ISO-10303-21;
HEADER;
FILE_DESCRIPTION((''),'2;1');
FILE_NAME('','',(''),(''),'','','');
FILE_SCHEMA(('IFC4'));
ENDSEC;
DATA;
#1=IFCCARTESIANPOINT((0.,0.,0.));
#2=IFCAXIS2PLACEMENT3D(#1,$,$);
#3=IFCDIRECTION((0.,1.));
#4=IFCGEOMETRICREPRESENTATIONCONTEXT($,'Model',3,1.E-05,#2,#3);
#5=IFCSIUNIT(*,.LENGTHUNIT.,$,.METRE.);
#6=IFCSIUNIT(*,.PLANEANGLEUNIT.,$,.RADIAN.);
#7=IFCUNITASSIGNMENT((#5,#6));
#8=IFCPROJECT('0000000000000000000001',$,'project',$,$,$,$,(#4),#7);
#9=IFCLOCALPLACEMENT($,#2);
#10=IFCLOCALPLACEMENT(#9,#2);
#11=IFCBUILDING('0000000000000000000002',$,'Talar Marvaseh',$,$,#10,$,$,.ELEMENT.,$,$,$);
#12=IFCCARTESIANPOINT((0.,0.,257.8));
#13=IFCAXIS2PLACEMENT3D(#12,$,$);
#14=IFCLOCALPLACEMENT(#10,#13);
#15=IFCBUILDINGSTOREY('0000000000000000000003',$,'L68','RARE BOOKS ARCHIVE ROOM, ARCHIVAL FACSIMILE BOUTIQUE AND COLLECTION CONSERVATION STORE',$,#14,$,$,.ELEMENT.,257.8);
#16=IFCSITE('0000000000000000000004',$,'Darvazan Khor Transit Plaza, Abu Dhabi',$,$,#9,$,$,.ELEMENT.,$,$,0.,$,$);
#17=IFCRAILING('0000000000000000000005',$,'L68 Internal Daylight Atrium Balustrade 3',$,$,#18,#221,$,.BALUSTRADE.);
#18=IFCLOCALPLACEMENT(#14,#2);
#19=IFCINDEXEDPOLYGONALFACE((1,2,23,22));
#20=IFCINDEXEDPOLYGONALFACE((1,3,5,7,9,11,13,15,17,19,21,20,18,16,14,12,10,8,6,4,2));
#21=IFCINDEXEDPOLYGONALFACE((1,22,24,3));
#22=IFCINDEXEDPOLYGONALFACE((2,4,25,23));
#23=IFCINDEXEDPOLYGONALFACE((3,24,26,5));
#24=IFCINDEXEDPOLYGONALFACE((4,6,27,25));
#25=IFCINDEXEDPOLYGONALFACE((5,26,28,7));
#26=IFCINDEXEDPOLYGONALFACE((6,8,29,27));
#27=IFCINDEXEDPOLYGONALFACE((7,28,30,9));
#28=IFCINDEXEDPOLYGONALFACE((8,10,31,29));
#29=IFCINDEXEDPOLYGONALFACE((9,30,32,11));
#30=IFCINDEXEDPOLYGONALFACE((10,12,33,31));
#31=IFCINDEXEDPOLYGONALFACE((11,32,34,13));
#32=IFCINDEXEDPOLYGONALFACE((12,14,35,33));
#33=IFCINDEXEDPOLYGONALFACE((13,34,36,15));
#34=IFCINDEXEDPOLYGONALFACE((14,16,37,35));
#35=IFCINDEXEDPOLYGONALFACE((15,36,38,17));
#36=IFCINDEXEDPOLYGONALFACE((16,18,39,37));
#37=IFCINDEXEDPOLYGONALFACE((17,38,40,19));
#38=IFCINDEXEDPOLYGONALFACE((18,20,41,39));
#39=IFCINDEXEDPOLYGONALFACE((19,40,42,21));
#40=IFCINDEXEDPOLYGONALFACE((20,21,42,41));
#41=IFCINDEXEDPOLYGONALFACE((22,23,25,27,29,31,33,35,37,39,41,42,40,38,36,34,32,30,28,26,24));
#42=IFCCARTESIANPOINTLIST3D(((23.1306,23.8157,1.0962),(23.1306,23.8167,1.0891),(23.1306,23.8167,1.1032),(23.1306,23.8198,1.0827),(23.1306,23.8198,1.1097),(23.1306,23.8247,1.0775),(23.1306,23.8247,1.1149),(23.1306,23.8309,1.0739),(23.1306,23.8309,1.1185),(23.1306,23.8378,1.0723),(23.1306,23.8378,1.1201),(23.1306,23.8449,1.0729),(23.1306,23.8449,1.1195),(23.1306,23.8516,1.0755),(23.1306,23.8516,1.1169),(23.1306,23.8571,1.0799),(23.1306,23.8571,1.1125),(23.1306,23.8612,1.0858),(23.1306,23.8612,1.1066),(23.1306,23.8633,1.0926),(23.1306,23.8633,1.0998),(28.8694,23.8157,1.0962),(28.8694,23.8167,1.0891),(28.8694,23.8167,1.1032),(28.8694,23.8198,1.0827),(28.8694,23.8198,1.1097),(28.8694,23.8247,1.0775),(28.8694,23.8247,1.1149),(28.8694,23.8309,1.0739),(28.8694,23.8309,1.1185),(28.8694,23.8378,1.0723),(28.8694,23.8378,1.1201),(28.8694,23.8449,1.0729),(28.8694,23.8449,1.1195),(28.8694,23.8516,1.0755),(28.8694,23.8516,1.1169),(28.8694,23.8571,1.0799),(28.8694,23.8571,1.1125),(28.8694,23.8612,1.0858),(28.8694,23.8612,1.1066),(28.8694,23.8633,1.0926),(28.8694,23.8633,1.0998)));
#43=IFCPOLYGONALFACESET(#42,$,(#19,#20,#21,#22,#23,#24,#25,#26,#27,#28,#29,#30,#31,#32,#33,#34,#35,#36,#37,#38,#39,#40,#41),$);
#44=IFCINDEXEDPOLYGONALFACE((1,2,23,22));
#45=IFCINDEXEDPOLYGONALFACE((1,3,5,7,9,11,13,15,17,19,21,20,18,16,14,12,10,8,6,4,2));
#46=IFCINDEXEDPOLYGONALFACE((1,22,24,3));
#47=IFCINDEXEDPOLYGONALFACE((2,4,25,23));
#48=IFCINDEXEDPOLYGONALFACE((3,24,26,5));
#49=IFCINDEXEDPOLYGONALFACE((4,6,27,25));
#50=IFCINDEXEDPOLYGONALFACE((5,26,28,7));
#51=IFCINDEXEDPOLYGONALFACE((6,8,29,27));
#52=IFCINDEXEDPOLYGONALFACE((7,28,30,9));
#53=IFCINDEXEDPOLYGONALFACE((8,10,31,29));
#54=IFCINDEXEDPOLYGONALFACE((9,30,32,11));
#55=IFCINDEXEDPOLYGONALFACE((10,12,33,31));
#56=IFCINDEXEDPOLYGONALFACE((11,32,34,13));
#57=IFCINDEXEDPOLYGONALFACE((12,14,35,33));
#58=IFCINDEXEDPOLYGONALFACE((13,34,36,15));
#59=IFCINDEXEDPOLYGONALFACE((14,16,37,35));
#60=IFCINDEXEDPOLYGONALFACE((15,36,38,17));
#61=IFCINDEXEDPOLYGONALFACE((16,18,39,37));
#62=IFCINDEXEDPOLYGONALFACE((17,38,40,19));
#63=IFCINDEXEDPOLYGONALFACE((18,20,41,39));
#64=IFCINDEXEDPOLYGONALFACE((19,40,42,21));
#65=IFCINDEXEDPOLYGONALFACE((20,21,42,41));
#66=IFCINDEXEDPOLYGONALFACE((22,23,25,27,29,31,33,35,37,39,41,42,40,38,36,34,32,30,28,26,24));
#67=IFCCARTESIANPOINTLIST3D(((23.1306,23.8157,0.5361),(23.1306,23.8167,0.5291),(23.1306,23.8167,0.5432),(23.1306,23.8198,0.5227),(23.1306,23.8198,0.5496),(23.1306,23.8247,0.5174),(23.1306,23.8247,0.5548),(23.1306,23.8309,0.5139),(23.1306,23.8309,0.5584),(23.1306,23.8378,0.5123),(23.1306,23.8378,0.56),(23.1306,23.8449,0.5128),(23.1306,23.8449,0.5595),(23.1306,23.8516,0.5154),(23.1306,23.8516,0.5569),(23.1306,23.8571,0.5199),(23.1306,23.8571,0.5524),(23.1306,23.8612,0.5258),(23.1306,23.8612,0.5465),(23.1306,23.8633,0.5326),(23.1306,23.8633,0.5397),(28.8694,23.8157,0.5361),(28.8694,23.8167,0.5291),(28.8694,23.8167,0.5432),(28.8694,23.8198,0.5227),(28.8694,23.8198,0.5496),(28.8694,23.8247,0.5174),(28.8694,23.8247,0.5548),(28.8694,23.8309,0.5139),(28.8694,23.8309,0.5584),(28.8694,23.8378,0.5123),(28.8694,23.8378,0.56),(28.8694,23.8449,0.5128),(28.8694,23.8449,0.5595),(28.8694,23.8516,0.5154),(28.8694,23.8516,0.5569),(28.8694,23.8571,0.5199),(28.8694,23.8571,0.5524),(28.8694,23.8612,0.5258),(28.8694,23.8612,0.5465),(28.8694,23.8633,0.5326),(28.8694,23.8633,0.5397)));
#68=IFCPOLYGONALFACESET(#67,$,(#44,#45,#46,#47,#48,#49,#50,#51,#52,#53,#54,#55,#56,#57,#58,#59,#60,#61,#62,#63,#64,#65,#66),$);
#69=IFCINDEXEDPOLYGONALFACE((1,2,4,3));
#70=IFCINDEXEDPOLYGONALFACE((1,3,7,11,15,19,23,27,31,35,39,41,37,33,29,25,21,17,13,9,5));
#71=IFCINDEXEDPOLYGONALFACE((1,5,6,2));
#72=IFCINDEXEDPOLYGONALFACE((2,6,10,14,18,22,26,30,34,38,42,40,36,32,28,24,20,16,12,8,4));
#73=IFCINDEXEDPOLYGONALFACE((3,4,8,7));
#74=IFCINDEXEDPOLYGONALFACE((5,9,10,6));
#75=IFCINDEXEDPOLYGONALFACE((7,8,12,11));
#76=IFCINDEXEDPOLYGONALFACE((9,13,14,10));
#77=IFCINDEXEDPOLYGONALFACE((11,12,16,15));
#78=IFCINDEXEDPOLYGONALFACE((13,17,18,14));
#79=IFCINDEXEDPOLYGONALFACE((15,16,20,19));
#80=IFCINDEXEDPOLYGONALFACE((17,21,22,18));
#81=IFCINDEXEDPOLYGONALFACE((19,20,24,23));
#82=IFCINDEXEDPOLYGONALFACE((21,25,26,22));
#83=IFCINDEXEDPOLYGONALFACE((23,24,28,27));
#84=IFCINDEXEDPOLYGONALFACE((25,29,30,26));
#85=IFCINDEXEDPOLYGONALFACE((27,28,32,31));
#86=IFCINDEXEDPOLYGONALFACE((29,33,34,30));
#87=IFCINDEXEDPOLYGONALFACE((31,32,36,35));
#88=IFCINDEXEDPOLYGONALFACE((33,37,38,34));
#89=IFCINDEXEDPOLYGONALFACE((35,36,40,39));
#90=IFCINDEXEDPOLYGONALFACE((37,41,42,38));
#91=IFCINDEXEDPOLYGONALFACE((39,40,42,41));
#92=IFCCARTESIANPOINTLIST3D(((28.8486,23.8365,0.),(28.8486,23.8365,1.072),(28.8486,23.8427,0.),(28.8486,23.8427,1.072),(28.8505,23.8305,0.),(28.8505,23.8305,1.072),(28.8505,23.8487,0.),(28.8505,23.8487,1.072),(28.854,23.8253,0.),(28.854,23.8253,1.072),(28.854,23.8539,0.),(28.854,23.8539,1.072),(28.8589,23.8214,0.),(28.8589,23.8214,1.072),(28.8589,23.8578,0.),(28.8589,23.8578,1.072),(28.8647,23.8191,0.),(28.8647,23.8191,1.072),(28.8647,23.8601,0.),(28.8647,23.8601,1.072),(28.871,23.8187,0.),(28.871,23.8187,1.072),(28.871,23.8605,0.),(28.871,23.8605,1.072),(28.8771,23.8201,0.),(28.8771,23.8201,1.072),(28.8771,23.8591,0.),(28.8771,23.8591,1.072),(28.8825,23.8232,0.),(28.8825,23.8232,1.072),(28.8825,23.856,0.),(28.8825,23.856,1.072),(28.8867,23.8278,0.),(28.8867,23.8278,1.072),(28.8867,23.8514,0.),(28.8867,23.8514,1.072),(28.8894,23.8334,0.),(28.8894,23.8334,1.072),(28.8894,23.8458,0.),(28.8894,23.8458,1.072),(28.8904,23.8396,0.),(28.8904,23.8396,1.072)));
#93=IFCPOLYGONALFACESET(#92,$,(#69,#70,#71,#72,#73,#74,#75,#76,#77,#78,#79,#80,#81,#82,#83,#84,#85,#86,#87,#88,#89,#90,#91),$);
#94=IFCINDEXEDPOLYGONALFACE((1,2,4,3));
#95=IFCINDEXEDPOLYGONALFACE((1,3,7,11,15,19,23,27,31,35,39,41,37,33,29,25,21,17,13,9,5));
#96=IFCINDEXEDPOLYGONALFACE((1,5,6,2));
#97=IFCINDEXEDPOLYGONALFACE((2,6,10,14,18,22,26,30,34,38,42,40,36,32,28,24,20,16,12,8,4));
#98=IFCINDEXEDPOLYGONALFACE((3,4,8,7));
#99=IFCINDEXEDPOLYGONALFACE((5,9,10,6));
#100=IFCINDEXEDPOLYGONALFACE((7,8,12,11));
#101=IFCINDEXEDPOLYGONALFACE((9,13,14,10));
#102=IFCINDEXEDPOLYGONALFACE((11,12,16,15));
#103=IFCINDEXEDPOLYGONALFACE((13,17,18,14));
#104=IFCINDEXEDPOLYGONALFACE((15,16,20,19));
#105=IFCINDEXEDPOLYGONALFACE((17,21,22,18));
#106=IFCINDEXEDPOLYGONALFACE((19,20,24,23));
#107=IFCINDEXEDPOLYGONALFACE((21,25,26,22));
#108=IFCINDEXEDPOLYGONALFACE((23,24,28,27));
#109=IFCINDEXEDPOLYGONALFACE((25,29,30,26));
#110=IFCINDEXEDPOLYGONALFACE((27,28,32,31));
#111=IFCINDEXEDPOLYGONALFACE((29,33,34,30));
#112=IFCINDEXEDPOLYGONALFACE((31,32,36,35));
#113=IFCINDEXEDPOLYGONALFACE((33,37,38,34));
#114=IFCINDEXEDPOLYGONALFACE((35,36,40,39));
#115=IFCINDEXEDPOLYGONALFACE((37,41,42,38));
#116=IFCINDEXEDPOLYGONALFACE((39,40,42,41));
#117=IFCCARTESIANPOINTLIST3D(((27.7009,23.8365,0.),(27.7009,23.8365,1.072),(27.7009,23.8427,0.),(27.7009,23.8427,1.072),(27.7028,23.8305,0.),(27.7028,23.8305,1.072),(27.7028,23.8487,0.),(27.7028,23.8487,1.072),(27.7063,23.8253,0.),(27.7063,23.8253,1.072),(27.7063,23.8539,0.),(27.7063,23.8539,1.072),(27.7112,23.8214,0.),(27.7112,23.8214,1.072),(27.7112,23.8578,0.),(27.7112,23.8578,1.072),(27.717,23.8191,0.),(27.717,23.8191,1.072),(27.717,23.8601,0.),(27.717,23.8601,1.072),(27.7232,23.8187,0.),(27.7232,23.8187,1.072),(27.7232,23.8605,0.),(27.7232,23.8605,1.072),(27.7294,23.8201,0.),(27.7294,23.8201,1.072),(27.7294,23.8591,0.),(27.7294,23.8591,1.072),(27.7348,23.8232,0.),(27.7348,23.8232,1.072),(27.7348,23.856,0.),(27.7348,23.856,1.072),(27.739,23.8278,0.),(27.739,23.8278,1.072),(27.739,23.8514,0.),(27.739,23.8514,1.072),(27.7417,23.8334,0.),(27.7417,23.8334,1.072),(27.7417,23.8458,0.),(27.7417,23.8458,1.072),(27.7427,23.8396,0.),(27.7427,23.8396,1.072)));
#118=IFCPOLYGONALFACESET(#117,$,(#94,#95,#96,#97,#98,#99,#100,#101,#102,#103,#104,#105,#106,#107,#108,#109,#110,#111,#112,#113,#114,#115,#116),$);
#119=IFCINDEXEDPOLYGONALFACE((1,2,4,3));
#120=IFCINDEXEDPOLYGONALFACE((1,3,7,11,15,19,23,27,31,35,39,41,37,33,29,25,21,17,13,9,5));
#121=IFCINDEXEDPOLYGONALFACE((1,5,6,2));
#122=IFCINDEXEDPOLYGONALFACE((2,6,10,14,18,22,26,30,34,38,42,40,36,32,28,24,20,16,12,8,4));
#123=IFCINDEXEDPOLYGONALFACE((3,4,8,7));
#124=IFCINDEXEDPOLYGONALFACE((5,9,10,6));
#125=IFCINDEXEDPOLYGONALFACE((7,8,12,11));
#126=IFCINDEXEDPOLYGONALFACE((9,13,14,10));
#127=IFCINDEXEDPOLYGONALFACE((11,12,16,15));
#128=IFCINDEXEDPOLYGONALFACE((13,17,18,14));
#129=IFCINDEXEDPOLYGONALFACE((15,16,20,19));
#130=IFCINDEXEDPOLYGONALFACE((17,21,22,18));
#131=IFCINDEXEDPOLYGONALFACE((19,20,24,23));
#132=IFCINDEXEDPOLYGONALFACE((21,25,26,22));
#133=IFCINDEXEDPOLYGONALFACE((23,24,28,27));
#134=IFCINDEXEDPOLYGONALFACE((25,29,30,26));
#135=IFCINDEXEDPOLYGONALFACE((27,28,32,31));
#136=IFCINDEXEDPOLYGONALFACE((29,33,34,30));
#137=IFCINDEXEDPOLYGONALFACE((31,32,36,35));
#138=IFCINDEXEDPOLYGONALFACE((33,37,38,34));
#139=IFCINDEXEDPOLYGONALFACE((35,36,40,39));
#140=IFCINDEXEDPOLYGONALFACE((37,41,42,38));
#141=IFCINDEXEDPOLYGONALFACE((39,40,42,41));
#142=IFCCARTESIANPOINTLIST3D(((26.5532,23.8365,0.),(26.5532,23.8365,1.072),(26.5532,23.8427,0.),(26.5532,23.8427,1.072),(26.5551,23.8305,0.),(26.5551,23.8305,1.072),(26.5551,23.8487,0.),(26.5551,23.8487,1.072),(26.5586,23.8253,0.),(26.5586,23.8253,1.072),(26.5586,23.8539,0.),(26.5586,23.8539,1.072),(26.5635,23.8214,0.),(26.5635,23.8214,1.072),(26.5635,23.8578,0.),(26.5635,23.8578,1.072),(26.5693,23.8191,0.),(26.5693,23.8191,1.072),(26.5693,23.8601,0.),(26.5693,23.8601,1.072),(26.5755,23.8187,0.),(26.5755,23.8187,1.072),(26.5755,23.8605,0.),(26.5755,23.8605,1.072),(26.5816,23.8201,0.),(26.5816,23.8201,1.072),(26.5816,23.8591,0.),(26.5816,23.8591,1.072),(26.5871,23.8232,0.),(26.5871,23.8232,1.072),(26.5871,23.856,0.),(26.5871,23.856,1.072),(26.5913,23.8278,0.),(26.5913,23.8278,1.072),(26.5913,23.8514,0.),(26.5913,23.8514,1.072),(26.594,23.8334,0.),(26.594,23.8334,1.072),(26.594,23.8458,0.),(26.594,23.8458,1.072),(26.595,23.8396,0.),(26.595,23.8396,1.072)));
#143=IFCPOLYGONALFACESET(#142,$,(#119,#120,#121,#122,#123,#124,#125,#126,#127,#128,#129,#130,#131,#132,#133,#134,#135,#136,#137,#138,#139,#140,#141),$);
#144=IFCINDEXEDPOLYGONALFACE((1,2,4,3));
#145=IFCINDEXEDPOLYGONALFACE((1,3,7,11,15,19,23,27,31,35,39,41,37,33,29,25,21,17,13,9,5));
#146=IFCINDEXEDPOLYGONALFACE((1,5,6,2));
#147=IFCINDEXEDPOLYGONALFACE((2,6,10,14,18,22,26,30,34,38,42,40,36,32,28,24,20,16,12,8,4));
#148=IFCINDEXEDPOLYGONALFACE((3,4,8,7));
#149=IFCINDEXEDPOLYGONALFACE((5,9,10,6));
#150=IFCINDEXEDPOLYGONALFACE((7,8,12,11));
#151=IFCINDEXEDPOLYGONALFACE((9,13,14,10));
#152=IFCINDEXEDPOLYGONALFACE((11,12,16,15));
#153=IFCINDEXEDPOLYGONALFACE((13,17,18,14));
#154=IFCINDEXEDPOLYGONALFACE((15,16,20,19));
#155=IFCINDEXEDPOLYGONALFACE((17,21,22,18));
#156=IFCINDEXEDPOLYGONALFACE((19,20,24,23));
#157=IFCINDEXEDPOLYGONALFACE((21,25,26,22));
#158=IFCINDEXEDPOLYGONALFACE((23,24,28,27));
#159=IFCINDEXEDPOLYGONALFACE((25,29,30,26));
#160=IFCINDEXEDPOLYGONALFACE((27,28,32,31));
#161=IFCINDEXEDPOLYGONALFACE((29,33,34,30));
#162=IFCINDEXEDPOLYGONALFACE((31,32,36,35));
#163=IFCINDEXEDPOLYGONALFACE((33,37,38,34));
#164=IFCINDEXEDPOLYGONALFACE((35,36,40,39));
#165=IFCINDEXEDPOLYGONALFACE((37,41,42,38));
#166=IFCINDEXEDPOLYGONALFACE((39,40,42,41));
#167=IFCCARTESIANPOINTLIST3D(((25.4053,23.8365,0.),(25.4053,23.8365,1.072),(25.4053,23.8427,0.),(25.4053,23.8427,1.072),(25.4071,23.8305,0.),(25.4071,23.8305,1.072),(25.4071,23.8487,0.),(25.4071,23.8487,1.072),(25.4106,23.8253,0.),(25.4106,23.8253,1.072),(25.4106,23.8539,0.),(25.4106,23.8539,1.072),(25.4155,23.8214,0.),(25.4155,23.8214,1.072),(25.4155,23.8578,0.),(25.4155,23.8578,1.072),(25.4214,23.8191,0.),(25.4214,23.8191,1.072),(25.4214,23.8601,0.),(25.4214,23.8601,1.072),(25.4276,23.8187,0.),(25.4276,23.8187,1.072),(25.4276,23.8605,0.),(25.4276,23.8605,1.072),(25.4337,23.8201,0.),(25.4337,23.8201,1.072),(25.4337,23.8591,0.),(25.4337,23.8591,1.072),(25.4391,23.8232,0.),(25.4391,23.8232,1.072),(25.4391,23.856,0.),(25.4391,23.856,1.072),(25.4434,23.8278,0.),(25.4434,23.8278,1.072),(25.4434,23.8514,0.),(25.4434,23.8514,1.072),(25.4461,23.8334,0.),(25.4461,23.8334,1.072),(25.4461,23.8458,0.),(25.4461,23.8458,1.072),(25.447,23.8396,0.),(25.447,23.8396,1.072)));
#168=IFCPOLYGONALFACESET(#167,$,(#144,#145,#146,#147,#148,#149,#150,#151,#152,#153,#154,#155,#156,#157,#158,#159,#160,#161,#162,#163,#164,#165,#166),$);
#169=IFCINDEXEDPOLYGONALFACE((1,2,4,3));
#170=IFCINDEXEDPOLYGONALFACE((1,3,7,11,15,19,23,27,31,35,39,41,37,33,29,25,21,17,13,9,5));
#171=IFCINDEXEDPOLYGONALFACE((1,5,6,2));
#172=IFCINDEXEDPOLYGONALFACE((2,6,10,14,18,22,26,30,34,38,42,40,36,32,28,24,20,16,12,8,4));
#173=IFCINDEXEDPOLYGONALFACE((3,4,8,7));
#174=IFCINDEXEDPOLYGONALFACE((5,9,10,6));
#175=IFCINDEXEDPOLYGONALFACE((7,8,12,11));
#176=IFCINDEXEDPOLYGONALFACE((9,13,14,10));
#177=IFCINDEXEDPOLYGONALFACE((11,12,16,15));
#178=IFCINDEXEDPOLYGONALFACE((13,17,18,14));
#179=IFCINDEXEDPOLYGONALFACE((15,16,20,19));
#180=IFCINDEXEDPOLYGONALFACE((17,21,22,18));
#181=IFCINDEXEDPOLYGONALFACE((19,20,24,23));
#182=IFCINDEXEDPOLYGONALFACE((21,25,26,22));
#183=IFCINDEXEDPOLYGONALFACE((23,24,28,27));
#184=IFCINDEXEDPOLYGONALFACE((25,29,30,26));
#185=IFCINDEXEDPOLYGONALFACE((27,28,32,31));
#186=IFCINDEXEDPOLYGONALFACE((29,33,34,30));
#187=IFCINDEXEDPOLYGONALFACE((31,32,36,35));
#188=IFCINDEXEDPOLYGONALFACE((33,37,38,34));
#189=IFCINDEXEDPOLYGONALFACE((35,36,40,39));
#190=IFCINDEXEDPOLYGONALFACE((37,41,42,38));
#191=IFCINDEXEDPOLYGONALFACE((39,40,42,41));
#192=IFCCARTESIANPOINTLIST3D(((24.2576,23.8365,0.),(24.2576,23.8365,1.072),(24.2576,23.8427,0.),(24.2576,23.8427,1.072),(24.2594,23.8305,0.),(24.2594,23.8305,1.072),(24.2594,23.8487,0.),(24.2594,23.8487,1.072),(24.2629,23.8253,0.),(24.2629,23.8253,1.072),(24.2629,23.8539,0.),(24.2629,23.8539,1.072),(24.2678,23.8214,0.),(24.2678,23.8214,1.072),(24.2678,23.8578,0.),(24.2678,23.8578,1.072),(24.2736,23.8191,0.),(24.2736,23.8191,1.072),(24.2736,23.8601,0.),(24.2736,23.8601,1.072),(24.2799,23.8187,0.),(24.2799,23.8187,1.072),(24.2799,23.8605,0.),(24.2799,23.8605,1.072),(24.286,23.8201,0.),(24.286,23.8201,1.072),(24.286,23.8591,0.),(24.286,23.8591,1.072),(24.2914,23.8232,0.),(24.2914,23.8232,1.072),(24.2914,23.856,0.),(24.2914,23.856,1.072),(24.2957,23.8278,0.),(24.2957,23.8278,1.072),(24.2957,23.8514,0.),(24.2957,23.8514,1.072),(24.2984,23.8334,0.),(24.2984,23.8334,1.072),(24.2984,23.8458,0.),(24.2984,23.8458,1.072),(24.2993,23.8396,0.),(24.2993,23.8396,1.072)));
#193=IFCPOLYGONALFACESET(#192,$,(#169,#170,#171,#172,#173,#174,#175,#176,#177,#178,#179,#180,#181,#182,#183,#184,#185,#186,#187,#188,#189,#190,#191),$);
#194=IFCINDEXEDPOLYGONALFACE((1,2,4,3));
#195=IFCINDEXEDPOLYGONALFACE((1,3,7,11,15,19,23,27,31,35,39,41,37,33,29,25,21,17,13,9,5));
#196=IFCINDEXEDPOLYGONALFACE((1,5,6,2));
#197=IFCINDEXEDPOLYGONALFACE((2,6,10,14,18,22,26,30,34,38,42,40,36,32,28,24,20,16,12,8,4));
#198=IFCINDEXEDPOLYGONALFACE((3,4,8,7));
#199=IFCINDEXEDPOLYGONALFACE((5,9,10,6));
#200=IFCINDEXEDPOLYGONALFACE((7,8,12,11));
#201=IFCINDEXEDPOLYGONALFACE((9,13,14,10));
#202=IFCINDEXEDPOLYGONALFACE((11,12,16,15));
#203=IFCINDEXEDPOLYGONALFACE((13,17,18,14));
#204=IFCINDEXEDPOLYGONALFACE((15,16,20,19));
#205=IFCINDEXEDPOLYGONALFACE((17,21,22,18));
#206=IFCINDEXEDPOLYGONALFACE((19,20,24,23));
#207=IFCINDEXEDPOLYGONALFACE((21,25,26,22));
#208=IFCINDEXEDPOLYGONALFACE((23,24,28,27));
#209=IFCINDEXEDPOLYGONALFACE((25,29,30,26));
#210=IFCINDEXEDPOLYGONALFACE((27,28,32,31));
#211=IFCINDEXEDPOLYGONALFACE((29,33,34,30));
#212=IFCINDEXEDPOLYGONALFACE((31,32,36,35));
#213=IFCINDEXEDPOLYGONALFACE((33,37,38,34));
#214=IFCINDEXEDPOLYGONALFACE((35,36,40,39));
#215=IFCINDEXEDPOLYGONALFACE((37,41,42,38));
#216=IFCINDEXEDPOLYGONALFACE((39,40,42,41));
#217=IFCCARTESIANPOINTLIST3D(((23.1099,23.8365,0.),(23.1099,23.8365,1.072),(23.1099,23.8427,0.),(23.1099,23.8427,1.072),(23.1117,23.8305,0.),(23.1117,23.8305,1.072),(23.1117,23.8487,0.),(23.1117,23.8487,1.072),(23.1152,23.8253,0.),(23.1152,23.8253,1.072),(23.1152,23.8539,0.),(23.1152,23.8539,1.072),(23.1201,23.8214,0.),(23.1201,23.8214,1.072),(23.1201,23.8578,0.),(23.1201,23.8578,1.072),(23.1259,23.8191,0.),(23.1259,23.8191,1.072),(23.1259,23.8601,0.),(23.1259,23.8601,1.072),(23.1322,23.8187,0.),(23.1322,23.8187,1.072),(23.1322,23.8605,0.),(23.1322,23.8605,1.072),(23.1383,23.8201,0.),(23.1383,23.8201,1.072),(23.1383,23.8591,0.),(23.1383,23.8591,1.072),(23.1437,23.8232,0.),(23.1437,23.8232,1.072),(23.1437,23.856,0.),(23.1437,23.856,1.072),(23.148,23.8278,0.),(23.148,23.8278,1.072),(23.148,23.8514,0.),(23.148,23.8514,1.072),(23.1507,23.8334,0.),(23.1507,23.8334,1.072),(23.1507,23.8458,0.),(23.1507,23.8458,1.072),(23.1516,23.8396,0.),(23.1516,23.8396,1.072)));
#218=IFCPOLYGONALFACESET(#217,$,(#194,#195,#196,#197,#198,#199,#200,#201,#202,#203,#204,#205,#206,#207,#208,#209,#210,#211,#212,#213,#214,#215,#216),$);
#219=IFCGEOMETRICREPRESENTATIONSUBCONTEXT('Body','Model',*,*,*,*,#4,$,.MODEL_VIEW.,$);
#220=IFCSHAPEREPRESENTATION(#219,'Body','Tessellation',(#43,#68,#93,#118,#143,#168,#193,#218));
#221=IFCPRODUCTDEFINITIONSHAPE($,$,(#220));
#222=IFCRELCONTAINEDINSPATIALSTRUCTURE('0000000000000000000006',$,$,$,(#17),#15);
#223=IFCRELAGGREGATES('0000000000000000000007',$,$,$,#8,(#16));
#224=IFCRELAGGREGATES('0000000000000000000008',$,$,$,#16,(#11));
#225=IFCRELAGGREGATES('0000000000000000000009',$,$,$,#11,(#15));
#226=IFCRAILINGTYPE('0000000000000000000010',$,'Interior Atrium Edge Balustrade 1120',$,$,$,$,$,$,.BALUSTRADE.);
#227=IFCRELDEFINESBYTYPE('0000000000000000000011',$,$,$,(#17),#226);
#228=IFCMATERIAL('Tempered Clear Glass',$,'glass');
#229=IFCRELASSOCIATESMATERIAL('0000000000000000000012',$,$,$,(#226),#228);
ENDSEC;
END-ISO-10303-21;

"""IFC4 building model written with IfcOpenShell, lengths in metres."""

from ifc_helpers import new_model, si_unit, direction, frame, origin, origin_2d, place, context, subcontext, project, spatial, circle, extrude, material, type_object, element, save


model = new_model("IFC4")

# Units and contexts
model_context = context("Model", 3, precision=1e-05, world=origin(), true_north=direction((0.0, 1.0)))
body_context = subcontext(model_context, "Body", "Model", "MODEL_VIEW")
ifc_project = project(units=[si_unit("LENGTHUNIT", "METRE"), si_unit("PLANEANGLEUNIT", "RADIAN")], contexts=[model_context])

# Site, building, storey
site_placement = place(None, origin())
site = spatial("IfcSite", under=ifc_project, at=site_placement, Name="Darvazan Khor Transit Plaza, Abu Dhabi", CompositionType="ELEMENT", RefElevation=0.0)
building_placement = place(site_placement, origin())
building = spatial("IfcBuilding", under=site, at=building_placement, Name="Talar Marvaseh", CompositionType="ELEMENT")
storey_placement = place(building_placement, frame((0.0, 0.0, 257.8)))
storey = spatial("IfcBuildingStorey", under=building, at=storey_placement, Name="L68", Description="RARE BOOKS ARCHIVE ROOM, ARCHIVAL FACSIMILE BOUTIQUE AND COLLECTION CONSERVATION STORE", CompositionType="ELEMENT", Elevation=257.8)

# Railing
ifc_material_1 = material(Name="Tempered Clear Glass", Category="glass")
railing_type = type_object("IfcRailingType", Name="Interior Atrium Edge Balustrade 1120", PredefinedType="BALUSTRADE", material=ifc_material_1)
railing_1_placement = place(storey_placement, frame((28.8694, 23.8396, 0.0)))
element("IfcRailing", 1, at=railing_1_placement, inside=storey, type_object=railing_type, Name="L68 Internal Daylight Atrium Balustrade 3", PredefinedType="BALUSTRADE", context=body_context, shape_type="SweptSolid", body=[
    extrude(circle(Radius=0.0239, at=origin_2d()), frame((0.0, 0.0, 1.0962), z_axis=(-1.0, 0.0, 0.0), x_axis=(0.0, -1.0, 0.0)), (0.0, 0.0, 1.0), 5.7388),
    extrude(circle(Radius=0.0239, at=origin_2d()), frame((0.0, 0.0, 0.5361), z_axis=(-1.0, 0.0, 0.0), x_axis=(0.0, -1.0, 0.0)), (0.0, 0.0, 1.0), 5.7388),
    extrude(circle(Radius=0.021, at=origin_2d()), origin(), (0.0, 0.0, 1.0), 1.072),
    extrude(circle(Radius=0.021, at=origin_2d()), frame((-1.1477, 0.0, 0.0)), (0.0, 0.0, 1.0), 1.072),
    extrude(circle(Radius=0.021, at=origin_2d()), frame((-2.2954, 0.0, 0.0)), (0.0, 0.0, 1.0), 1.072),
    extrude(circle(Radius=0.021, at=origin_2d()), frame((-3.4434, 0.0, 0.0)), (0.0, 0.0, 1.0), 1.072),
    extrude(circle(Radius=0.021, at=origin_2d()), frame((-4.5911, 0.0, 0.0)), (0.0, 0.0, 1.0), 1.072),
    extrude(circle(Radius=0.021, at=origin_2d()), frame((-5.7388, 0.0, 0.0)), (0.0, 0.0, 1.0), 1.072),
])

save(model, "model.ifc")
